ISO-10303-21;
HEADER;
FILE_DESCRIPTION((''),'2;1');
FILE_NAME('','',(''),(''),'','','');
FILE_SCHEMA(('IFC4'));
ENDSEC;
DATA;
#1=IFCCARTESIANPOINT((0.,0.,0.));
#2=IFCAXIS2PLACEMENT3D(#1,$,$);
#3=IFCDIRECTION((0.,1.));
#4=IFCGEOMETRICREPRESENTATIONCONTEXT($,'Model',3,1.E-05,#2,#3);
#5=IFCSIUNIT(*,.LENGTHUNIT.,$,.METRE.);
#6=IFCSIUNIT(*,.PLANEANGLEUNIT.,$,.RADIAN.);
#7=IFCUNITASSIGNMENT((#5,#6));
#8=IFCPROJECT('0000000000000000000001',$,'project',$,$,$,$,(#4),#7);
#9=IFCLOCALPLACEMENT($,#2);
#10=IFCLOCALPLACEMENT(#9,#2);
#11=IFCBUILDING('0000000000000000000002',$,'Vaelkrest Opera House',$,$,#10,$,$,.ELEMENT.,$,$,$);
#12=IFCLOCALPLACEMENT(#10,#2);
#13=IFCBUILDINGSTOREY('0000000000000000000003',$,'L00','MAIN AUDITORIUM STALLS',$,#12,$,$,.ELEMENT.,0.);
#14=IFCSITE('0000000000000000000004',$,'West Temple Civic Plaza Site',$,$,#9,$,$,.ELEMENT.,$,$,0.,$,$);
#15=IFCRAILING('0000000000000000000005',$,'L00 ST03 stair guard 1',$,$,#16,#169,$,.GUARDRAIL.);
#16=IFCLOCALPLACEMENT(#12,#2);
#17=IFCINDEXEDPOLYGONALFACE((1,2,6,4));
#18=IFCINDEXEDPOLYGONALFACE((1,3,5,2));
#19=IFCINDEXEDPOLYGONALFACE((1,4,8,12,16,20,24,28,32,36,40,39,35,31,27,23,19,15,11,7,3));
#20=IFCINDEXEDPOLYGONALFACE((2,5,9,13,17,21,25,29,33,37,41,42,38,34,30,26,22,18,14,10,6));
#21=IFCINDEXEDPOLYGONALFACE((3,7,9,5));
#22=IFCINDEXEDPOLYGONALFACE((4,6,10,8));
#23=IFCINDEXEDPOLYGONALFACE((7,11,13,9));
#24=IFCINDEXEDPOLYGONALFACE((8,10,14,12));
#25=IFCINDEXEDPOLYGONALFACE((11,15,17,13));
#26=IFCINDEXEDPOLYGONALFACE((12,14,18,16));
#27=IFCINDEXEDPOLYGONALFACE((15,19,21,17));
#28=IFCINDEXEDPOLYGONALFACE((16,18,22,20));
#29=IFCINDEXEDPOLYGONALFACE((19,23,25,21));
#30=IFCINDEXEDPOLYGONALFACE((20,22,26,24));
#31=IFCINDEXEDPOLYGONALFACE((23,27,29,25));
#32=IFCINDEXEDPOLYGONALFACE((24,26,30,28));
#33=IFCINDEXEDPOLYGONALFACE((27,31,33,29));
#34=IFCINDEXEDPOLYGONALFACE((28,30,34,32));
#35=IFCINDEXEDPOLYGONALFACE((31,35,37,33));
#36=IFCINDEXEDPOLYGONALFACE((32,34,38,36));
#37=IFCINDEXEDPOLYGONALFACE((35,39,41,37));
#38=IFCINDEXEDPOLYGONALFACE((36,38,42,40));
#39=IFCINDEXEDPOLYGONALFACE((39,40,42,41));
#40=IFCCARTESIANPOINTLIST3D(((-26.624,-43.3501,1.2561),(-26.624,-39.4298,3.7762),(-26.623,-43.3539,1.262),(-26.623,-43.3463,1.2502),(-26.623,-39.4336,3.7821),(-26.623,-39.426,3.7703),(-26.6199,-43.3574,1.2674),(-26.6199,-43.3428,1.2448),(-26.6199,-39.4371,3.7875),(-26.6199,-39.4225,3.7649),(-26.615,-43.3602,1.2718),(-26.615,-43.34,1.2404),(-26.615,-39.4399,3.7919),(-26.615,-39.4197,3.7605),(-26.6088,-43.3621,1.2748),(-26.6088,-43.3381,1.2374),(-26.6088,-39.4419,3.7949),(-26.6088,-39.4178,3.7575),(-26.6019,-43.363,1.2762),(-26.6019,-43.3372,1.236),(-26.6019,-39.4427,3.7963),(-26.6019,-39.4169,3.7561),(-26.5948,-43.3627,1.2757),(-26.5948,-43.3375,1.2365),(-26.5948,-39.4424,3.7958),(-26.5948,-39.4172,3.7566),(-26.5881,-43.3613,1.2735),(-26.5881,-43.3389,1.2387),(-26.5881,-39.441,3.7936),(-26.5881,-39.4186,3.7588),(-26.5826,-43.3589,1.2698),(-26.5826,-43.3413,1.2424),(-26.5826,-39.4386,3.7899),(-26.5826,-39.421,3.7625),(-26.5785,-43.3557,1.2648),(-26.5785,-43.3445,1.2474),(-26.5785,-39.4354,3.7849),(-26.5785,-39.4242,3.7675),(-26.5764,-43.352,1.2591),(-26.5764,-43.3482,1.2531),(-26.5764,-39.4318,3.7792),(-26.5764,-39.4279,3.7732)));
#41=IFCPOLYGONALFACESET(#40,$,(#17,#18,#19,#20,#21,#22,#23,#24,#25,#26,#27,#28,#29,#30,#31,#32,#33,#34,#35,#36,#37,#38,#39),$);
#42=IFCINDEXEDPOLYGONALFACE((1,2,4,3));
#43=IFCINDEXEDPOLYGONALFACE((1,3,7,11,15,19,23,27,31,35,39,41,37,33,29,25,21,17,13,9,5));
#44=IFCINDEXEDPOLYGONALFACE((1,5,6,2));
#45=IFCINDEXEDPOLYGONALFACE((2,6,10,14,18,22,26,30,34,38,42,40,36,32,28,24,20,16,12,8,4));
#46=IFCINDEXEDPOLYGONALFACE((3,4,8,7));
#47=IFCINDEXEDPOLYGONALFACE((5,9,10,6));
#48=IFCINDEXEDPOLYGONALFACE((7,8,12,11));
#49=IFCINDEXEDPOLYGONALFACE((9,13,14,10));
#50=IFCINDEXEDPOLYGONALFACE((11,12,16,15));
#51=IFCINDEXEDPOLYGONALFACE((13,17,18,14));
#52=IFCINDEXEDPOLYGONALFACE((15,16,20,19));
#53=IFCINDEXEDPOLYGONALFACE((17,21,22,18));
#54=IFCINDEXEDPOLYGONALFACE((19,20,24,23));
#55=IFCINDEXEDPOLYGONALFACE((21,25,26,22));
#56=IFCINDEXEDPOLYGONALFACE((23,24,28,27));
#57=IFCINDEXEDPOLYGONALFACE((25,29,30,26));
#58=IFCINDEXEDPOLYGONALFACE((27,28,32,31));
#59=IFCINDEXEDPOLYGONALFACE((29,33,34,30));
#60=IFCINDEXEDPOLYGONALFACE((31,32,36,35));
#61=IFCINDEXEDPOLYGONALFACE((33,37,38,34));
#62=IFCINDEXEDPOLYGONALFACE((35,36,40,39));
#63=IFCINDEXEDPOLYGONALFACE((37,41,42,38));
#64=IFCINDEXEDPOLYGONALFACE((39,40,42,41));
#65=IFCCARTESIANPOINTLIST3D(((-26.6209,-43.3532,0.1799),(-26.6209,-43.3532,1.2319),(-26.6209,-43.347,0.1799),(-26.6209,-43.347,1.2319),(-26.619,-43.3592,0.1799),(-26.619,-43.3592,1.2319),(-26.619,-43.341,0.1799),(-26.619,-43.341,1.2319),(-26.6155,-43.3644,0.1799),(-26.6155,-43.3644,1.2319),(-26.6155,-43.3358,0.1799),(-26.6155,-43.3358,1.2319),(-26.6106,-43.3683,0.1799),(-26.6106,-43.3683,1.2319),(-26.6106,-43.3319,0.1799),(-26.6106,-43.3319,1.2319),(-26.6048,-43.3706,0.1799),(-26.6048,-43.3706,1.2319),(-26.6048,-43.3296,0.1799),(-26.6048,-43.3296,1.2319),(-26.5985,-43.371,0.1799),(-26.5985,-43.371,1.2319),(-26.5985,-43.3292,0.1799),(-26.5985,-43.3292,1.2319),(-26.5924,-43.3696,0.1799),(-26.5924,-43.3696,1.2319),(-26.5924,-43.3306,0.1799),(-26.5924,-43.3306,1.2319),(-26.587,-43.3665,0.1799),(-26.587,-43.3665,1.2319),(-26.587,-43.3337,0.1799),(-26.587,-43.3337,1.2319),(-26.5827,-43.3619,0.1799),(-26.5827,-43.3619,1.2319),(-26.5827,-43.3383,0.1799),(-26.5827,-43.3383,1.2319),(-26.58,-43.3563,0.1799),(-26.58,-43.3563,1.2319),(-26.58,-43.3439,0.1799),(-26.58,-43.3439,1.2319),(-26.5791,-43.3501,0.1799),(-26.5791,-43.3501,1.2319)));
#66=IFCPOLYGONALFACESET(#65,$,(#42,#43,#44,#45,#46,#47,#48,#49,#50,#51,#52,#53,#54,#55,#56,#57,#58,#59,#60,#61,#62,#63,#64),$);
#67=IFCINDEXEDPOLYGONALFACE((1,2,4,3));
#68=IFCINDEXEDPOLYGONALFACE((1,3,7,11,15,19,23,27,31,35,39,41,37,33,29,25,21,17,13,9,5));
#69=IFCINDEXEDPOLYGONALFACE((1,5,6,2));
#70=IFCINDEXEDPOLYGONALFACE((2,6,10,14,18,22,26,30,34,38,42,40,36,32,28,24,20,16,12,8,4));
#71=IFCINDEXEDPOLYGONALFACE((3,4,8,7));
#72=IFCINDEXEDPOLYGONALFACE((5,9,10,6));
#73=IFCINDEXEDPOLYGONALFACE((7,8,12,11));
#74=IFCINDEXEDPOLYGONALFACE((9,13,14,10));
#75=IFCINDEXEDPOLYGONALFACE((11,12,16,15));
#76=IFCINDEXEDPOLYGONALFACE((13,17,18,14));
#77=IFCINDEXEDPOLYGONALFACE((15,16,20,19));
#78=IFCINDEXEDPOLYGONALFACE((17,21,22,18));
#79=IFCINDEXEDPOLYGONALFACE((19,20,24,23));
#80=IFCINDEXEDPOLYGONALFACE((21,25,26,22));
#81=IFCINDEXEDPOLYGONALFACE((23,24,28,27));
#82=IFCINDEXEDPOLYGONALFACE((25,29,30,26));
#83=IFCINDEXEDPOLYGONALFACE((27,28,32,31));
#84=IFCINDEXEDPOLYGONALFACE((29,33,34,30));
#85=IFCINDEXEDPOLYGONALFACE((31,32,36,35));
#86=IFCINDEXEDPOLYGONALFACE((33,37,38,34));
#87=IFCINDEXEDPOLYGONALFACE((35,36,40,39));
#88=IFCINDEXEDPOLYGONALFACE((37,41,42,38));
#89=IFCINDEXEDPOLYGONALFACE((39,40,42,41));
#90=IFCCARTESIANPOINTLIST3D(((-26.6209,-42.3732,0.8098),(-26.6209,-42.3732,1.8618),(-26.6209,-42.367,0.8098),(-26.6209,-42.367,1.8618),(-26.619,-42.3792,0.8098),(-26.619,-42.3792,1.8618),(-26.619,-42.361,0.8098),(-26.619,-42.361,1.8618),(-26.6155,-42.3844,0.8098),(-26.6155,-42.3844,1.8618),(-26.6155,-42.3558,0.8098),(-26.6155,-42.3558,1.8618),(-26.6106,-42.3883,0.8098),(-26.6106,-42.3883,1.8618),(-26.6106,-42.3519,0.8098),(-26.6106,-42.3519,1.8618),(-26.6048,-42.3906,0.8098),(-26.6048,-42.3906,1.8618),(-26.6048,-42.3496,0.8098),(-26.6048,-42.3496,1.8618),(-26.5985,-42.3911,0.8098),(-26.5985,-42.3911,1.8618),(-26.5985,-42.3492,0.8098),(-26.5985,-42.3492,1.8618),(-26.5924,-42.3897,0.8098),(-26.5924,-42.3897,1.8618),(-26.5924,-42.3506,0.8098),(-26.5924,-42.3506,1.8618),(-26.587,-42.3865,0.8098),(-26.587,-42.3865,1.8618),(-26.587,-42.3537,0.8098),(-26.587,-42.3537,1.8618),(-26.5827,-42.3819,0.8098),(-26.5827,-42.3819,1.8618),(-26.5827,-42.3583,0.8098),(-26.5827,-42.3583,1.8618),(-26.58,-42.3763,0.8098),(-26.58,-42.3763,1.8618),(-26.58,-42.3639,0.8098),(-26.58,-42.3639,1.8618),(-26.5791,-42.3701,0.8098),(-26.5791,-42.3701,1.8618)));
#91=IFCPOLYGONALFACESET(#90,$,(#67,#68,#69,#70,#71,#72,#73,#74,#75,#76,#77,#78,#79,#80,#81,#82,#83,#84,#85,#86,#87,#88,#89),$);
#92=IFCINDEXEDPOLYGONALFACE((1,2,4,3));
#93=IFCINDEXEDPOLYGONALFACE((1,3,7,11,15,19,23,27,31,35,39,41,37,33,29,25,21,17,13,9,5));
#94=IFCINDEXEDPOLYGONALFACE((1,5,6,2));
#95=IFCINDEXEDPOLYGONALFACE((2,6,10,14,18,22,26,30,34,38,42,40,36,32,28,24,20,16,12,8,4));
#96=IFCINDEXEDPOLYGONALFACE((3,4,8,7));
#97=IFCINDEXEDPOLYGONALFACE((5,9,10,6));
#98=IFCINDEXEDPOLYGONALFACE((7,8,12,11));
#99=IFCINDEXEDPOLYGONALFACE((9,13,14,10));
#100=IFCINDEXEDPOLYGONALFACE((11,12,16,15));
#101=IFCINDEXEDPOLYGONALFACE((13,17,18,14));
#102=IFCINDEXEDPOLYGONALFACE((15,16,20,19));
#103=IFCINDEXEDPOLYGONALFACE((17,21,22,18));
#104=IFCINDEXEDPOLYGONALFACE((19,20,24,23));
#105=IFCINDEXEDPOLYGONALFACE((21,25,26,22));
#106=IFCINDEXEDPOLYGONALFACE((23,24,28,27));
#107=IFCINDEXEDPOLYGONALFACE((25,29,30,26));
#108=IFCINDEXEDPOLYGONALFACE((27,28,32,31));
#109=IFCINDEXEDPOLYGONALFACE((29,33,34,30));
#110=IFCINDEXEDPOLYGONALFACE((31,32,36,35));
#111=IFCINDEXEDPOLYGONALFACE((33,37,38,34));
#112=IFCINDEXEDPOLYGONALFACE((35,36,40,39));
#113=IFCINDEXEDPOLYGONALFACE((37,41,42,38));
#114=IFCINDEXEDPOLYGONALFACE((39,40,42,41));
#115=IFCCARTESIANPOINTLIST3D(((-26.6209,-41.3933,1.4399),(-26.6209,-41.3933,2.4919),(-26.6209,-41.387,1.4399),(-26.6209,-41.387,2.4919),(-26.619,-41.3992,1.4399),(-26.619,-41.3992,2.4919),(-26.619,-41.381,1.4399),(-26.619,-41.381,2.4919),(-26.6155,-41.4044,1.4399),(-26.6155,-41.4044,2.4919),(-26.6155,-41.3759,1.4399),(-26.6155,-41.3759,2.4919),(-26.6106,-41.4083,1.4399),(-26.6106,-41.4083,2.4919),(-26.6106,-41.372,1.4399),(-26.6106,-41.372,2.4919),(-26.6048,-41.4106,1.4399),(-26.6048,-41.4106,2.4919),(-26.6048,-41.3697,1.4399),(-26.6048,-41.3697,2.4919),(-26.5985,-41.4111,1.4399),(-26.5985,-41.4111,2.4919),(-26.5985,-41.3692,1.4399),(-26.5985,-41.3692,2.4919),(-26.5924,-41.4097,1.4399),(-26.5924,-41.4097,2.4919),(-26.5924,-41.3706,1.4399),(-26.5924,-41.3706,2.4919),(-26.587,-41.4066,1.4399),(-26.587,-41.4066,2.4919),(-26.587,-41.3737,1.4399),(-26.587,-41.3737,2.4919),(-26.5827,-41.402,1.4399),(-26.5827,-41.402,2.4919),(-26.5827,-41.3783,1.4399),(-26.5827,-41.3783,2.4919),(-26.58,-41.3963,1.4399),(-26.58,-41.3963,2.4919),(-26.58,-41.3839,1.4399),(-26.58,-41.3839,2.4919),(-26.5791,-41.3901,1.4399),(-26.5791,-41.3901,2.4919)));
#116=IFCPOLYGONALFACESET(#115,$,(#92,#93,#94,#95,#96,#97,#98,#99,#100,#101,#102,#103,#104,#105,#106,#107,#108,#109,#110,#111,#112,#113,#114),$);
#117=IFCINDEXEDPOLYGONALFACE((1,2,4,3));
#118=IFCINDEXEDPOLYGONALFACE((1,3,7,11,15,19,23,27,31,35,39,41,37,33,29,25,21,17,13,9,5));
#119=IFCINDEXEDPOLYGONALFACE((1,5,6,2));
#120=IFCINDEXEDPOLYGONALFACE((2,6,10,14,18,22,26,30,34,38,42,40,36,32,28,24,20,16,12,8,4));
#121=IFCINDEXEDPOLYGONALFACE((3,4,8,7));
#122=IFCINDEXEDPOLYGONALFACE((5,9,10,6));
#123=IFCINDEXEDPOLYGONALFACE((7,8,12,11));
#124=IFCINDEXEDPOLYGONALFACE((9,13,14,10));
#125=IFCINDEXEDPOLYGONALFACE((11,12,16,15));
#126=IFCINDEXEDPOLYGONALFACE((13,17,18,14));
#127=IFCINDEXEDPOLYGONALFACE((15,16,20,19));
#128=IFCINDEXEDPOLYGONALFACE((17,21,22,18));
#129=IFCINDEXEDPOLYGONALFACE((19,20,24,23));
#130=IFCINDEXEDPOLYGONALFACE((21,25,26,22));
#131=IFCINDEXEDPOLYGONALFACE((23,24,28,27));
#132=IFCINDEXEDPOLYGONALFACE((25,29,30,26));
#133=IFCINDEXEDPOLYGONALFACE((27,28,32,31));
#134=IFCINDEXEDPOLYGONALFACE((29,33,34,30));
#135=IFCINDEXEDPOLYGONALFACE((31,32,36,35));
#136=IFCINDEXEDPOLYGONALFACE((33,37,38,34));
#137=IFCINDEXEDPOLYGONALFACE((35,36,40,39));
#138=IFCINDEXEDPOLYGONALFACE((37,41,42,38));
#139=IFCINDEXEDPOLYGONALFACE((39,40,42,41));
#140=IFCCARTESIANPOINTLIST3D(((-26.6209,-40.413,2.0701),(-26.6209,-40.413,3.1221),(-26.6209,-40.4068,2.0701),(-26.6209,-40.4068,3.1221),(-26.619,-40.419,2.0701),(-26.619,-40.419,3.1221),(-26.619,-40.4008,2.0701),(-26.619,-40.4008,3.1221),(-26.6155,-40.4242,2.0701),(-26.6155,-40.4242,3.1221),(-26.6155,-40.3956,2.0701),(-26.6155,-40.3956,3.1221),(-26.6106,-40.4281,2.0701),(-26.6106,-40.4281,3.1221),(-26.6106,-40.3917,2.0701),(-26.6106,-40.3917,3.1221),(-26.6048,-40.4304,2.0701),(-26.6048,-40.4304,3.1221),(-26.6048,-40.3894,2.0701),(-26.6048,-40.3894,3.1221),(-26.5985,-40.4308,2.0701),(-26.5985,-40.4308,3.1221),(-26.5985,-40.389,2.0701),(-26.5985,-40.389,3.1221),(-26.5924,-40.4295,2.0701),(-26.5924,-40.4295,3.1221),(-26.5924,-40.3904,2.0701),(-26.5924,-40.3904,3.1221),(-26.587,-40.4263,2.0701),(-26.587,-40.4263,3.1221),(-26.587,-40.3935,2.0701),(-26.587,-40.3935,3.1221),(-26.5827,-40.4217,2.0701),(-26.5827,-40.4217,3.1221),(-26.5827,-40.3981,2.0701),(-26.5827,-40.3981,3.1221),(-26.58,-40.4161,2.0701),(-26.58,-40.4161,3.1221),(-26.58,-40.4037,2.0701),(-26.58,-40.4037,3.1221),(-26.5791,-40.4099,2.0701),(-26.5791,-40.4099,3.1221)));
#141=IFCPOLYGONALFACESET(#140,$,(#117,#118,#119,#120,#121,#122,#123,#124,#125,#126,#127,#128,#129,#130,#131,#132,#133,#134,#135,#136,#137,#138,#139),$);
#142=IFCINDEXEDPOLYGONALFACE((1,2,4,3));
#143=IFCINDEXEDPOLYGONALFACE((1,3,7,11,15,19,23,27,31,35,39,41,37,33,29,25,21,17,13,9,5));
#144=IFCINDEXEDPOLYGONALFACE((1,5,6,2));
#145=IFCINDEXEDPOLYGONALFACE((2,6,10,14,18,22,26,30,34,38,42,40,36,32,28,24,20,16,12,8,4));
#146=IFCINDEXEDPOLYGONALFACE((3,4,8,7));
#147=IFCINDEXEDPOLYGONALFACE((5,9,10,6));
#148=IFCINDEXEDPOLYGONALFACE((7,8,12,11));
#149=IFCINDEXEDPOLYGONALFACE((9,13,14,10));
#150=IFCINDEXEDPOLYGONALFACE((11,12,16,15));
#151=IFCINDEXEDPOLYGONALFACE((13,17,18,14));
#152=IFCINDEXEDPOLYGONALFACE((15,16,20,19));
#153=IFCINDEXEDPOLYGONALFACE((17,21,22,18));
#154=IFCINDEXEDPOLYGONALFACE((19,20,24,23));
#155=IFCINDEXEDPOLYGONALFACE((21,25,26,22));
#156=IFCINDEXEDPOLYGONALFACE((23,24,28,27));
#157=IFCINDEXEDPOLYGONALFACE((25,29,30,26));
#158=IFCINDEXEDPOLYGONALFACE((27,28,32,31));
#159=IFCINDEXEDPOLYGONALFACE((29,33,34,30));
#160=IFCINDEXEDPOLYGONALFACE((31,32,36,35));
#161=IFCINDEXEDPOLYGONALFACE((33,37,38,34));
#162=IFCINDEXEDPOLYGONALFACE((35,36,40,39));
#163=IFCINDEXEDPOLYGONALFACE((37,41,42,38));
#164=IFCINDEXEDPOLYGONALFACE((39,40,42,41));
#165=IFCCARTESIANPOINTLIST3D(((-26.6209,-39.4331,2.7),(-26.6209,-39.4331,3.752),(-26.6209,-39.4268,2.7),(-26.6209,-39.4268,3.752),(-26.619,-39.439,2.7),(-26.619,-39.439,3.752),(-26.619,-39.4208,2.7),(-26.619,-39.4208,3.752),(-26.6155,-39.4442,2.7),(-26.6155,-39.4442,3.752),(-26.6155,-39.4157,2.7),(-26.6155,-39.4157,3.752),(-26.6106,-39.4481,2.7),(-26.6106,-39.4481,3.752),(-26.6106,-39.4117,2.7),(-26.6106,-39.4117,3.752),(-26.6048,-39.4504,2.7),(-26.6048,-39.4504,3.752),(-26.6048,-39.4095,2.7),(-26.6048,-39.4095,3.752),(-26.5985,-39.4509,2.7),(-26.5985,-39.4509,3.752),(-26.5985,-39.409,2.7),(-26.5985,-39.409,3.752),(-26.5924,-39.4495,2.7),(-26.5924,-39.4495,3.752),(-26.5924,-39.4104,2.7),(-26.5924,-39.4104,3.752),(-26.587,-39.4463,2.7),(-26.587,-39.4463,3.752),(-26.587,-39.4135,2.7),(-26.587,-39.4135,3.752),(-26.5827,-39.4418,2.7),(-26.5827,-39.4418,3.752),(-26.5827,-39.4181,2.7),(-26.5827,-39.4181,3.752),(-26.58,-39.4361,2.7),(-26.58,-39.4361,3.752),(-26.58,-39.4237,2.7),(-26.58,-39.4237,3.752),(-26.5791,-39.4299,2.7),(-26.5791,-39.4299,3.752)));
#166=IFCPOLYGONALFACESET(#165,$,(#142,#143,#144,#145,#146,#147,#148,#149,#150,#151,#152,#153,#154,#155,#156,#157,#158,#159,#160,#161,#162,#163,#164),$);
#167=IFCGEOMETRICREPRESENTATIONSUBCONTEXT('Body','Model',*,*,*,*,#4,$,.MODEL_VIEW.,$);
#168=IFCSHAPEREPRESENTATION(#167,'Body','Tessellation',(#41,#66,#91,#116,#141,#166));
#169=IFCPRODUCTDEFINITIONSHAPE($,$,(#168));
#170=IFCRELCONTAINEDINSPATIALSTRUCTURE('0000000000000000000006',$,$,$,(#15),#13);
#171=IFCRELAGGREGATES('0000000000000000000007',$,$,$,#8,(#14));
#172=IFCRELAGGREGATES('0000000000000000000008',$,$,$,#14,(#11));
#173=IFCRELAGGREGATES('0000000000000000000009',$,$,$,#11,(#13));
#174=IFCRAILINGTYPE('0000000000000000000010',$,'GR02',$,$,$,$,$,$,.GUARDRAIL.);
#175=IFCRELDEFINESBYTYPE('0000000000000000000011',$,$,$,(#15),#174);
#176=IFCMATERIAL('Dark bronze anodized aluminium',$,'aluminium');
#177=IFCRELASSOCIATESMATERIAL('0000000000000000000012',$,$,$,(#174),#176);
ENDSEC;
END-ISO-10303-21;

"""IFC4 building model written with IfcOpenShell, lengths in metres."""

from ifc_helpers import new_model, si_unit, direction, frame, origin, origin_2d, place, context, subcontext, project, spatial, circle, extrude, material, type_object, element, save


model = new_model("IFC4")

# Units and contexts
model_context = context("Model", 3, precision=1e-05, world=origin(), true_north=direction((0.0, 1.0)))
body_context = subcontext(model_context, "Body", "Model", "MODEL_VIEW")
ifc_project = project(units=[si_unit("LENGTHUNIT", "METRE"), si_unit("PLANEANGLEUNIT", "RADIAN")], contexts=[model_context])

# Site, building, storey
site_placement = place(None, origin())
site = spatial("IfcSite", under=ifc_project, at=site_placement, Name="West Temple Civic Plaza Site", CompositionType="ELEMENT", RefElevation=0.0)
building_placement = place(site_placement, origin())
building = spatial("IfcBuilding", under=site, at=building_placement, Name="Vaelkrest Opera House", CompositionType="ELEMENT")
storey_placement = place(building_placement, origin())
storey = spatial("IfcBuildingStorey", under=building, at=storey_placement, Name="L00", Description="MAIN AUDITORIUM STALLS", CompositionType="ELEMENT", Elevation=0.0)

# Railing
ifc_material_1 = material(Name="Dark bronze anodized aluminium", Category="aluminium")
railing_type_1 = type_object("IfcRailingType", Name="GR02", PredefinedType="GUARDRAIL", material=ifc_material_1)
railing_1_placement = place(storey_placement, frame((-26.6001, -43.3501, 0.1799)))
element("IfcRailing", 1, at=railing_1_placement, inside=storey, type_object=railing_type_1, Name="L00 ST03 stair guard 1", PredefinedType="GUARDRAIL", context=body_context, shape_type="SweptSolid", body=[
    extrude(circle(Radius=0.0239, at=origin_2d()), frame((0.0, 0.0, 1.0762), z_axis=(0.0, 0.841187, 0.540744), x_axis=(-1.0, 0.0, 0.0)), (0.0, 0.0, 1.0), 4.6604),
    extrude(circle(Radius=0.021, at=origin_2d()), origin(), (0.0, 0.0, 1.0), 1.052),
    extrude(circle(Radius=0.021, at=origin_2d()), frame((0.0, 0.98, 0.6299)), (0.0, 0.0, 1.0), 1.052),
    extrude(circle(Radius=0.021, at=origin_2d()), frame((0.0, 1.96, 1.26)), (0.0, 0.0, 1.0), 1.052),
    extrude(circle(Radius=0.021, at=origin_2d()), frame((0.0, 2.9402, 1.8901)), (0.0, 0.0, 1.0), 1.052),
    extrude(circle(Radius=0.021, at=origin_2d()), frame((0.0, 3.9202, 2.52)), (0.0, 0.0, 1.0), 1.052),
])

save(model, "model.ifc")
